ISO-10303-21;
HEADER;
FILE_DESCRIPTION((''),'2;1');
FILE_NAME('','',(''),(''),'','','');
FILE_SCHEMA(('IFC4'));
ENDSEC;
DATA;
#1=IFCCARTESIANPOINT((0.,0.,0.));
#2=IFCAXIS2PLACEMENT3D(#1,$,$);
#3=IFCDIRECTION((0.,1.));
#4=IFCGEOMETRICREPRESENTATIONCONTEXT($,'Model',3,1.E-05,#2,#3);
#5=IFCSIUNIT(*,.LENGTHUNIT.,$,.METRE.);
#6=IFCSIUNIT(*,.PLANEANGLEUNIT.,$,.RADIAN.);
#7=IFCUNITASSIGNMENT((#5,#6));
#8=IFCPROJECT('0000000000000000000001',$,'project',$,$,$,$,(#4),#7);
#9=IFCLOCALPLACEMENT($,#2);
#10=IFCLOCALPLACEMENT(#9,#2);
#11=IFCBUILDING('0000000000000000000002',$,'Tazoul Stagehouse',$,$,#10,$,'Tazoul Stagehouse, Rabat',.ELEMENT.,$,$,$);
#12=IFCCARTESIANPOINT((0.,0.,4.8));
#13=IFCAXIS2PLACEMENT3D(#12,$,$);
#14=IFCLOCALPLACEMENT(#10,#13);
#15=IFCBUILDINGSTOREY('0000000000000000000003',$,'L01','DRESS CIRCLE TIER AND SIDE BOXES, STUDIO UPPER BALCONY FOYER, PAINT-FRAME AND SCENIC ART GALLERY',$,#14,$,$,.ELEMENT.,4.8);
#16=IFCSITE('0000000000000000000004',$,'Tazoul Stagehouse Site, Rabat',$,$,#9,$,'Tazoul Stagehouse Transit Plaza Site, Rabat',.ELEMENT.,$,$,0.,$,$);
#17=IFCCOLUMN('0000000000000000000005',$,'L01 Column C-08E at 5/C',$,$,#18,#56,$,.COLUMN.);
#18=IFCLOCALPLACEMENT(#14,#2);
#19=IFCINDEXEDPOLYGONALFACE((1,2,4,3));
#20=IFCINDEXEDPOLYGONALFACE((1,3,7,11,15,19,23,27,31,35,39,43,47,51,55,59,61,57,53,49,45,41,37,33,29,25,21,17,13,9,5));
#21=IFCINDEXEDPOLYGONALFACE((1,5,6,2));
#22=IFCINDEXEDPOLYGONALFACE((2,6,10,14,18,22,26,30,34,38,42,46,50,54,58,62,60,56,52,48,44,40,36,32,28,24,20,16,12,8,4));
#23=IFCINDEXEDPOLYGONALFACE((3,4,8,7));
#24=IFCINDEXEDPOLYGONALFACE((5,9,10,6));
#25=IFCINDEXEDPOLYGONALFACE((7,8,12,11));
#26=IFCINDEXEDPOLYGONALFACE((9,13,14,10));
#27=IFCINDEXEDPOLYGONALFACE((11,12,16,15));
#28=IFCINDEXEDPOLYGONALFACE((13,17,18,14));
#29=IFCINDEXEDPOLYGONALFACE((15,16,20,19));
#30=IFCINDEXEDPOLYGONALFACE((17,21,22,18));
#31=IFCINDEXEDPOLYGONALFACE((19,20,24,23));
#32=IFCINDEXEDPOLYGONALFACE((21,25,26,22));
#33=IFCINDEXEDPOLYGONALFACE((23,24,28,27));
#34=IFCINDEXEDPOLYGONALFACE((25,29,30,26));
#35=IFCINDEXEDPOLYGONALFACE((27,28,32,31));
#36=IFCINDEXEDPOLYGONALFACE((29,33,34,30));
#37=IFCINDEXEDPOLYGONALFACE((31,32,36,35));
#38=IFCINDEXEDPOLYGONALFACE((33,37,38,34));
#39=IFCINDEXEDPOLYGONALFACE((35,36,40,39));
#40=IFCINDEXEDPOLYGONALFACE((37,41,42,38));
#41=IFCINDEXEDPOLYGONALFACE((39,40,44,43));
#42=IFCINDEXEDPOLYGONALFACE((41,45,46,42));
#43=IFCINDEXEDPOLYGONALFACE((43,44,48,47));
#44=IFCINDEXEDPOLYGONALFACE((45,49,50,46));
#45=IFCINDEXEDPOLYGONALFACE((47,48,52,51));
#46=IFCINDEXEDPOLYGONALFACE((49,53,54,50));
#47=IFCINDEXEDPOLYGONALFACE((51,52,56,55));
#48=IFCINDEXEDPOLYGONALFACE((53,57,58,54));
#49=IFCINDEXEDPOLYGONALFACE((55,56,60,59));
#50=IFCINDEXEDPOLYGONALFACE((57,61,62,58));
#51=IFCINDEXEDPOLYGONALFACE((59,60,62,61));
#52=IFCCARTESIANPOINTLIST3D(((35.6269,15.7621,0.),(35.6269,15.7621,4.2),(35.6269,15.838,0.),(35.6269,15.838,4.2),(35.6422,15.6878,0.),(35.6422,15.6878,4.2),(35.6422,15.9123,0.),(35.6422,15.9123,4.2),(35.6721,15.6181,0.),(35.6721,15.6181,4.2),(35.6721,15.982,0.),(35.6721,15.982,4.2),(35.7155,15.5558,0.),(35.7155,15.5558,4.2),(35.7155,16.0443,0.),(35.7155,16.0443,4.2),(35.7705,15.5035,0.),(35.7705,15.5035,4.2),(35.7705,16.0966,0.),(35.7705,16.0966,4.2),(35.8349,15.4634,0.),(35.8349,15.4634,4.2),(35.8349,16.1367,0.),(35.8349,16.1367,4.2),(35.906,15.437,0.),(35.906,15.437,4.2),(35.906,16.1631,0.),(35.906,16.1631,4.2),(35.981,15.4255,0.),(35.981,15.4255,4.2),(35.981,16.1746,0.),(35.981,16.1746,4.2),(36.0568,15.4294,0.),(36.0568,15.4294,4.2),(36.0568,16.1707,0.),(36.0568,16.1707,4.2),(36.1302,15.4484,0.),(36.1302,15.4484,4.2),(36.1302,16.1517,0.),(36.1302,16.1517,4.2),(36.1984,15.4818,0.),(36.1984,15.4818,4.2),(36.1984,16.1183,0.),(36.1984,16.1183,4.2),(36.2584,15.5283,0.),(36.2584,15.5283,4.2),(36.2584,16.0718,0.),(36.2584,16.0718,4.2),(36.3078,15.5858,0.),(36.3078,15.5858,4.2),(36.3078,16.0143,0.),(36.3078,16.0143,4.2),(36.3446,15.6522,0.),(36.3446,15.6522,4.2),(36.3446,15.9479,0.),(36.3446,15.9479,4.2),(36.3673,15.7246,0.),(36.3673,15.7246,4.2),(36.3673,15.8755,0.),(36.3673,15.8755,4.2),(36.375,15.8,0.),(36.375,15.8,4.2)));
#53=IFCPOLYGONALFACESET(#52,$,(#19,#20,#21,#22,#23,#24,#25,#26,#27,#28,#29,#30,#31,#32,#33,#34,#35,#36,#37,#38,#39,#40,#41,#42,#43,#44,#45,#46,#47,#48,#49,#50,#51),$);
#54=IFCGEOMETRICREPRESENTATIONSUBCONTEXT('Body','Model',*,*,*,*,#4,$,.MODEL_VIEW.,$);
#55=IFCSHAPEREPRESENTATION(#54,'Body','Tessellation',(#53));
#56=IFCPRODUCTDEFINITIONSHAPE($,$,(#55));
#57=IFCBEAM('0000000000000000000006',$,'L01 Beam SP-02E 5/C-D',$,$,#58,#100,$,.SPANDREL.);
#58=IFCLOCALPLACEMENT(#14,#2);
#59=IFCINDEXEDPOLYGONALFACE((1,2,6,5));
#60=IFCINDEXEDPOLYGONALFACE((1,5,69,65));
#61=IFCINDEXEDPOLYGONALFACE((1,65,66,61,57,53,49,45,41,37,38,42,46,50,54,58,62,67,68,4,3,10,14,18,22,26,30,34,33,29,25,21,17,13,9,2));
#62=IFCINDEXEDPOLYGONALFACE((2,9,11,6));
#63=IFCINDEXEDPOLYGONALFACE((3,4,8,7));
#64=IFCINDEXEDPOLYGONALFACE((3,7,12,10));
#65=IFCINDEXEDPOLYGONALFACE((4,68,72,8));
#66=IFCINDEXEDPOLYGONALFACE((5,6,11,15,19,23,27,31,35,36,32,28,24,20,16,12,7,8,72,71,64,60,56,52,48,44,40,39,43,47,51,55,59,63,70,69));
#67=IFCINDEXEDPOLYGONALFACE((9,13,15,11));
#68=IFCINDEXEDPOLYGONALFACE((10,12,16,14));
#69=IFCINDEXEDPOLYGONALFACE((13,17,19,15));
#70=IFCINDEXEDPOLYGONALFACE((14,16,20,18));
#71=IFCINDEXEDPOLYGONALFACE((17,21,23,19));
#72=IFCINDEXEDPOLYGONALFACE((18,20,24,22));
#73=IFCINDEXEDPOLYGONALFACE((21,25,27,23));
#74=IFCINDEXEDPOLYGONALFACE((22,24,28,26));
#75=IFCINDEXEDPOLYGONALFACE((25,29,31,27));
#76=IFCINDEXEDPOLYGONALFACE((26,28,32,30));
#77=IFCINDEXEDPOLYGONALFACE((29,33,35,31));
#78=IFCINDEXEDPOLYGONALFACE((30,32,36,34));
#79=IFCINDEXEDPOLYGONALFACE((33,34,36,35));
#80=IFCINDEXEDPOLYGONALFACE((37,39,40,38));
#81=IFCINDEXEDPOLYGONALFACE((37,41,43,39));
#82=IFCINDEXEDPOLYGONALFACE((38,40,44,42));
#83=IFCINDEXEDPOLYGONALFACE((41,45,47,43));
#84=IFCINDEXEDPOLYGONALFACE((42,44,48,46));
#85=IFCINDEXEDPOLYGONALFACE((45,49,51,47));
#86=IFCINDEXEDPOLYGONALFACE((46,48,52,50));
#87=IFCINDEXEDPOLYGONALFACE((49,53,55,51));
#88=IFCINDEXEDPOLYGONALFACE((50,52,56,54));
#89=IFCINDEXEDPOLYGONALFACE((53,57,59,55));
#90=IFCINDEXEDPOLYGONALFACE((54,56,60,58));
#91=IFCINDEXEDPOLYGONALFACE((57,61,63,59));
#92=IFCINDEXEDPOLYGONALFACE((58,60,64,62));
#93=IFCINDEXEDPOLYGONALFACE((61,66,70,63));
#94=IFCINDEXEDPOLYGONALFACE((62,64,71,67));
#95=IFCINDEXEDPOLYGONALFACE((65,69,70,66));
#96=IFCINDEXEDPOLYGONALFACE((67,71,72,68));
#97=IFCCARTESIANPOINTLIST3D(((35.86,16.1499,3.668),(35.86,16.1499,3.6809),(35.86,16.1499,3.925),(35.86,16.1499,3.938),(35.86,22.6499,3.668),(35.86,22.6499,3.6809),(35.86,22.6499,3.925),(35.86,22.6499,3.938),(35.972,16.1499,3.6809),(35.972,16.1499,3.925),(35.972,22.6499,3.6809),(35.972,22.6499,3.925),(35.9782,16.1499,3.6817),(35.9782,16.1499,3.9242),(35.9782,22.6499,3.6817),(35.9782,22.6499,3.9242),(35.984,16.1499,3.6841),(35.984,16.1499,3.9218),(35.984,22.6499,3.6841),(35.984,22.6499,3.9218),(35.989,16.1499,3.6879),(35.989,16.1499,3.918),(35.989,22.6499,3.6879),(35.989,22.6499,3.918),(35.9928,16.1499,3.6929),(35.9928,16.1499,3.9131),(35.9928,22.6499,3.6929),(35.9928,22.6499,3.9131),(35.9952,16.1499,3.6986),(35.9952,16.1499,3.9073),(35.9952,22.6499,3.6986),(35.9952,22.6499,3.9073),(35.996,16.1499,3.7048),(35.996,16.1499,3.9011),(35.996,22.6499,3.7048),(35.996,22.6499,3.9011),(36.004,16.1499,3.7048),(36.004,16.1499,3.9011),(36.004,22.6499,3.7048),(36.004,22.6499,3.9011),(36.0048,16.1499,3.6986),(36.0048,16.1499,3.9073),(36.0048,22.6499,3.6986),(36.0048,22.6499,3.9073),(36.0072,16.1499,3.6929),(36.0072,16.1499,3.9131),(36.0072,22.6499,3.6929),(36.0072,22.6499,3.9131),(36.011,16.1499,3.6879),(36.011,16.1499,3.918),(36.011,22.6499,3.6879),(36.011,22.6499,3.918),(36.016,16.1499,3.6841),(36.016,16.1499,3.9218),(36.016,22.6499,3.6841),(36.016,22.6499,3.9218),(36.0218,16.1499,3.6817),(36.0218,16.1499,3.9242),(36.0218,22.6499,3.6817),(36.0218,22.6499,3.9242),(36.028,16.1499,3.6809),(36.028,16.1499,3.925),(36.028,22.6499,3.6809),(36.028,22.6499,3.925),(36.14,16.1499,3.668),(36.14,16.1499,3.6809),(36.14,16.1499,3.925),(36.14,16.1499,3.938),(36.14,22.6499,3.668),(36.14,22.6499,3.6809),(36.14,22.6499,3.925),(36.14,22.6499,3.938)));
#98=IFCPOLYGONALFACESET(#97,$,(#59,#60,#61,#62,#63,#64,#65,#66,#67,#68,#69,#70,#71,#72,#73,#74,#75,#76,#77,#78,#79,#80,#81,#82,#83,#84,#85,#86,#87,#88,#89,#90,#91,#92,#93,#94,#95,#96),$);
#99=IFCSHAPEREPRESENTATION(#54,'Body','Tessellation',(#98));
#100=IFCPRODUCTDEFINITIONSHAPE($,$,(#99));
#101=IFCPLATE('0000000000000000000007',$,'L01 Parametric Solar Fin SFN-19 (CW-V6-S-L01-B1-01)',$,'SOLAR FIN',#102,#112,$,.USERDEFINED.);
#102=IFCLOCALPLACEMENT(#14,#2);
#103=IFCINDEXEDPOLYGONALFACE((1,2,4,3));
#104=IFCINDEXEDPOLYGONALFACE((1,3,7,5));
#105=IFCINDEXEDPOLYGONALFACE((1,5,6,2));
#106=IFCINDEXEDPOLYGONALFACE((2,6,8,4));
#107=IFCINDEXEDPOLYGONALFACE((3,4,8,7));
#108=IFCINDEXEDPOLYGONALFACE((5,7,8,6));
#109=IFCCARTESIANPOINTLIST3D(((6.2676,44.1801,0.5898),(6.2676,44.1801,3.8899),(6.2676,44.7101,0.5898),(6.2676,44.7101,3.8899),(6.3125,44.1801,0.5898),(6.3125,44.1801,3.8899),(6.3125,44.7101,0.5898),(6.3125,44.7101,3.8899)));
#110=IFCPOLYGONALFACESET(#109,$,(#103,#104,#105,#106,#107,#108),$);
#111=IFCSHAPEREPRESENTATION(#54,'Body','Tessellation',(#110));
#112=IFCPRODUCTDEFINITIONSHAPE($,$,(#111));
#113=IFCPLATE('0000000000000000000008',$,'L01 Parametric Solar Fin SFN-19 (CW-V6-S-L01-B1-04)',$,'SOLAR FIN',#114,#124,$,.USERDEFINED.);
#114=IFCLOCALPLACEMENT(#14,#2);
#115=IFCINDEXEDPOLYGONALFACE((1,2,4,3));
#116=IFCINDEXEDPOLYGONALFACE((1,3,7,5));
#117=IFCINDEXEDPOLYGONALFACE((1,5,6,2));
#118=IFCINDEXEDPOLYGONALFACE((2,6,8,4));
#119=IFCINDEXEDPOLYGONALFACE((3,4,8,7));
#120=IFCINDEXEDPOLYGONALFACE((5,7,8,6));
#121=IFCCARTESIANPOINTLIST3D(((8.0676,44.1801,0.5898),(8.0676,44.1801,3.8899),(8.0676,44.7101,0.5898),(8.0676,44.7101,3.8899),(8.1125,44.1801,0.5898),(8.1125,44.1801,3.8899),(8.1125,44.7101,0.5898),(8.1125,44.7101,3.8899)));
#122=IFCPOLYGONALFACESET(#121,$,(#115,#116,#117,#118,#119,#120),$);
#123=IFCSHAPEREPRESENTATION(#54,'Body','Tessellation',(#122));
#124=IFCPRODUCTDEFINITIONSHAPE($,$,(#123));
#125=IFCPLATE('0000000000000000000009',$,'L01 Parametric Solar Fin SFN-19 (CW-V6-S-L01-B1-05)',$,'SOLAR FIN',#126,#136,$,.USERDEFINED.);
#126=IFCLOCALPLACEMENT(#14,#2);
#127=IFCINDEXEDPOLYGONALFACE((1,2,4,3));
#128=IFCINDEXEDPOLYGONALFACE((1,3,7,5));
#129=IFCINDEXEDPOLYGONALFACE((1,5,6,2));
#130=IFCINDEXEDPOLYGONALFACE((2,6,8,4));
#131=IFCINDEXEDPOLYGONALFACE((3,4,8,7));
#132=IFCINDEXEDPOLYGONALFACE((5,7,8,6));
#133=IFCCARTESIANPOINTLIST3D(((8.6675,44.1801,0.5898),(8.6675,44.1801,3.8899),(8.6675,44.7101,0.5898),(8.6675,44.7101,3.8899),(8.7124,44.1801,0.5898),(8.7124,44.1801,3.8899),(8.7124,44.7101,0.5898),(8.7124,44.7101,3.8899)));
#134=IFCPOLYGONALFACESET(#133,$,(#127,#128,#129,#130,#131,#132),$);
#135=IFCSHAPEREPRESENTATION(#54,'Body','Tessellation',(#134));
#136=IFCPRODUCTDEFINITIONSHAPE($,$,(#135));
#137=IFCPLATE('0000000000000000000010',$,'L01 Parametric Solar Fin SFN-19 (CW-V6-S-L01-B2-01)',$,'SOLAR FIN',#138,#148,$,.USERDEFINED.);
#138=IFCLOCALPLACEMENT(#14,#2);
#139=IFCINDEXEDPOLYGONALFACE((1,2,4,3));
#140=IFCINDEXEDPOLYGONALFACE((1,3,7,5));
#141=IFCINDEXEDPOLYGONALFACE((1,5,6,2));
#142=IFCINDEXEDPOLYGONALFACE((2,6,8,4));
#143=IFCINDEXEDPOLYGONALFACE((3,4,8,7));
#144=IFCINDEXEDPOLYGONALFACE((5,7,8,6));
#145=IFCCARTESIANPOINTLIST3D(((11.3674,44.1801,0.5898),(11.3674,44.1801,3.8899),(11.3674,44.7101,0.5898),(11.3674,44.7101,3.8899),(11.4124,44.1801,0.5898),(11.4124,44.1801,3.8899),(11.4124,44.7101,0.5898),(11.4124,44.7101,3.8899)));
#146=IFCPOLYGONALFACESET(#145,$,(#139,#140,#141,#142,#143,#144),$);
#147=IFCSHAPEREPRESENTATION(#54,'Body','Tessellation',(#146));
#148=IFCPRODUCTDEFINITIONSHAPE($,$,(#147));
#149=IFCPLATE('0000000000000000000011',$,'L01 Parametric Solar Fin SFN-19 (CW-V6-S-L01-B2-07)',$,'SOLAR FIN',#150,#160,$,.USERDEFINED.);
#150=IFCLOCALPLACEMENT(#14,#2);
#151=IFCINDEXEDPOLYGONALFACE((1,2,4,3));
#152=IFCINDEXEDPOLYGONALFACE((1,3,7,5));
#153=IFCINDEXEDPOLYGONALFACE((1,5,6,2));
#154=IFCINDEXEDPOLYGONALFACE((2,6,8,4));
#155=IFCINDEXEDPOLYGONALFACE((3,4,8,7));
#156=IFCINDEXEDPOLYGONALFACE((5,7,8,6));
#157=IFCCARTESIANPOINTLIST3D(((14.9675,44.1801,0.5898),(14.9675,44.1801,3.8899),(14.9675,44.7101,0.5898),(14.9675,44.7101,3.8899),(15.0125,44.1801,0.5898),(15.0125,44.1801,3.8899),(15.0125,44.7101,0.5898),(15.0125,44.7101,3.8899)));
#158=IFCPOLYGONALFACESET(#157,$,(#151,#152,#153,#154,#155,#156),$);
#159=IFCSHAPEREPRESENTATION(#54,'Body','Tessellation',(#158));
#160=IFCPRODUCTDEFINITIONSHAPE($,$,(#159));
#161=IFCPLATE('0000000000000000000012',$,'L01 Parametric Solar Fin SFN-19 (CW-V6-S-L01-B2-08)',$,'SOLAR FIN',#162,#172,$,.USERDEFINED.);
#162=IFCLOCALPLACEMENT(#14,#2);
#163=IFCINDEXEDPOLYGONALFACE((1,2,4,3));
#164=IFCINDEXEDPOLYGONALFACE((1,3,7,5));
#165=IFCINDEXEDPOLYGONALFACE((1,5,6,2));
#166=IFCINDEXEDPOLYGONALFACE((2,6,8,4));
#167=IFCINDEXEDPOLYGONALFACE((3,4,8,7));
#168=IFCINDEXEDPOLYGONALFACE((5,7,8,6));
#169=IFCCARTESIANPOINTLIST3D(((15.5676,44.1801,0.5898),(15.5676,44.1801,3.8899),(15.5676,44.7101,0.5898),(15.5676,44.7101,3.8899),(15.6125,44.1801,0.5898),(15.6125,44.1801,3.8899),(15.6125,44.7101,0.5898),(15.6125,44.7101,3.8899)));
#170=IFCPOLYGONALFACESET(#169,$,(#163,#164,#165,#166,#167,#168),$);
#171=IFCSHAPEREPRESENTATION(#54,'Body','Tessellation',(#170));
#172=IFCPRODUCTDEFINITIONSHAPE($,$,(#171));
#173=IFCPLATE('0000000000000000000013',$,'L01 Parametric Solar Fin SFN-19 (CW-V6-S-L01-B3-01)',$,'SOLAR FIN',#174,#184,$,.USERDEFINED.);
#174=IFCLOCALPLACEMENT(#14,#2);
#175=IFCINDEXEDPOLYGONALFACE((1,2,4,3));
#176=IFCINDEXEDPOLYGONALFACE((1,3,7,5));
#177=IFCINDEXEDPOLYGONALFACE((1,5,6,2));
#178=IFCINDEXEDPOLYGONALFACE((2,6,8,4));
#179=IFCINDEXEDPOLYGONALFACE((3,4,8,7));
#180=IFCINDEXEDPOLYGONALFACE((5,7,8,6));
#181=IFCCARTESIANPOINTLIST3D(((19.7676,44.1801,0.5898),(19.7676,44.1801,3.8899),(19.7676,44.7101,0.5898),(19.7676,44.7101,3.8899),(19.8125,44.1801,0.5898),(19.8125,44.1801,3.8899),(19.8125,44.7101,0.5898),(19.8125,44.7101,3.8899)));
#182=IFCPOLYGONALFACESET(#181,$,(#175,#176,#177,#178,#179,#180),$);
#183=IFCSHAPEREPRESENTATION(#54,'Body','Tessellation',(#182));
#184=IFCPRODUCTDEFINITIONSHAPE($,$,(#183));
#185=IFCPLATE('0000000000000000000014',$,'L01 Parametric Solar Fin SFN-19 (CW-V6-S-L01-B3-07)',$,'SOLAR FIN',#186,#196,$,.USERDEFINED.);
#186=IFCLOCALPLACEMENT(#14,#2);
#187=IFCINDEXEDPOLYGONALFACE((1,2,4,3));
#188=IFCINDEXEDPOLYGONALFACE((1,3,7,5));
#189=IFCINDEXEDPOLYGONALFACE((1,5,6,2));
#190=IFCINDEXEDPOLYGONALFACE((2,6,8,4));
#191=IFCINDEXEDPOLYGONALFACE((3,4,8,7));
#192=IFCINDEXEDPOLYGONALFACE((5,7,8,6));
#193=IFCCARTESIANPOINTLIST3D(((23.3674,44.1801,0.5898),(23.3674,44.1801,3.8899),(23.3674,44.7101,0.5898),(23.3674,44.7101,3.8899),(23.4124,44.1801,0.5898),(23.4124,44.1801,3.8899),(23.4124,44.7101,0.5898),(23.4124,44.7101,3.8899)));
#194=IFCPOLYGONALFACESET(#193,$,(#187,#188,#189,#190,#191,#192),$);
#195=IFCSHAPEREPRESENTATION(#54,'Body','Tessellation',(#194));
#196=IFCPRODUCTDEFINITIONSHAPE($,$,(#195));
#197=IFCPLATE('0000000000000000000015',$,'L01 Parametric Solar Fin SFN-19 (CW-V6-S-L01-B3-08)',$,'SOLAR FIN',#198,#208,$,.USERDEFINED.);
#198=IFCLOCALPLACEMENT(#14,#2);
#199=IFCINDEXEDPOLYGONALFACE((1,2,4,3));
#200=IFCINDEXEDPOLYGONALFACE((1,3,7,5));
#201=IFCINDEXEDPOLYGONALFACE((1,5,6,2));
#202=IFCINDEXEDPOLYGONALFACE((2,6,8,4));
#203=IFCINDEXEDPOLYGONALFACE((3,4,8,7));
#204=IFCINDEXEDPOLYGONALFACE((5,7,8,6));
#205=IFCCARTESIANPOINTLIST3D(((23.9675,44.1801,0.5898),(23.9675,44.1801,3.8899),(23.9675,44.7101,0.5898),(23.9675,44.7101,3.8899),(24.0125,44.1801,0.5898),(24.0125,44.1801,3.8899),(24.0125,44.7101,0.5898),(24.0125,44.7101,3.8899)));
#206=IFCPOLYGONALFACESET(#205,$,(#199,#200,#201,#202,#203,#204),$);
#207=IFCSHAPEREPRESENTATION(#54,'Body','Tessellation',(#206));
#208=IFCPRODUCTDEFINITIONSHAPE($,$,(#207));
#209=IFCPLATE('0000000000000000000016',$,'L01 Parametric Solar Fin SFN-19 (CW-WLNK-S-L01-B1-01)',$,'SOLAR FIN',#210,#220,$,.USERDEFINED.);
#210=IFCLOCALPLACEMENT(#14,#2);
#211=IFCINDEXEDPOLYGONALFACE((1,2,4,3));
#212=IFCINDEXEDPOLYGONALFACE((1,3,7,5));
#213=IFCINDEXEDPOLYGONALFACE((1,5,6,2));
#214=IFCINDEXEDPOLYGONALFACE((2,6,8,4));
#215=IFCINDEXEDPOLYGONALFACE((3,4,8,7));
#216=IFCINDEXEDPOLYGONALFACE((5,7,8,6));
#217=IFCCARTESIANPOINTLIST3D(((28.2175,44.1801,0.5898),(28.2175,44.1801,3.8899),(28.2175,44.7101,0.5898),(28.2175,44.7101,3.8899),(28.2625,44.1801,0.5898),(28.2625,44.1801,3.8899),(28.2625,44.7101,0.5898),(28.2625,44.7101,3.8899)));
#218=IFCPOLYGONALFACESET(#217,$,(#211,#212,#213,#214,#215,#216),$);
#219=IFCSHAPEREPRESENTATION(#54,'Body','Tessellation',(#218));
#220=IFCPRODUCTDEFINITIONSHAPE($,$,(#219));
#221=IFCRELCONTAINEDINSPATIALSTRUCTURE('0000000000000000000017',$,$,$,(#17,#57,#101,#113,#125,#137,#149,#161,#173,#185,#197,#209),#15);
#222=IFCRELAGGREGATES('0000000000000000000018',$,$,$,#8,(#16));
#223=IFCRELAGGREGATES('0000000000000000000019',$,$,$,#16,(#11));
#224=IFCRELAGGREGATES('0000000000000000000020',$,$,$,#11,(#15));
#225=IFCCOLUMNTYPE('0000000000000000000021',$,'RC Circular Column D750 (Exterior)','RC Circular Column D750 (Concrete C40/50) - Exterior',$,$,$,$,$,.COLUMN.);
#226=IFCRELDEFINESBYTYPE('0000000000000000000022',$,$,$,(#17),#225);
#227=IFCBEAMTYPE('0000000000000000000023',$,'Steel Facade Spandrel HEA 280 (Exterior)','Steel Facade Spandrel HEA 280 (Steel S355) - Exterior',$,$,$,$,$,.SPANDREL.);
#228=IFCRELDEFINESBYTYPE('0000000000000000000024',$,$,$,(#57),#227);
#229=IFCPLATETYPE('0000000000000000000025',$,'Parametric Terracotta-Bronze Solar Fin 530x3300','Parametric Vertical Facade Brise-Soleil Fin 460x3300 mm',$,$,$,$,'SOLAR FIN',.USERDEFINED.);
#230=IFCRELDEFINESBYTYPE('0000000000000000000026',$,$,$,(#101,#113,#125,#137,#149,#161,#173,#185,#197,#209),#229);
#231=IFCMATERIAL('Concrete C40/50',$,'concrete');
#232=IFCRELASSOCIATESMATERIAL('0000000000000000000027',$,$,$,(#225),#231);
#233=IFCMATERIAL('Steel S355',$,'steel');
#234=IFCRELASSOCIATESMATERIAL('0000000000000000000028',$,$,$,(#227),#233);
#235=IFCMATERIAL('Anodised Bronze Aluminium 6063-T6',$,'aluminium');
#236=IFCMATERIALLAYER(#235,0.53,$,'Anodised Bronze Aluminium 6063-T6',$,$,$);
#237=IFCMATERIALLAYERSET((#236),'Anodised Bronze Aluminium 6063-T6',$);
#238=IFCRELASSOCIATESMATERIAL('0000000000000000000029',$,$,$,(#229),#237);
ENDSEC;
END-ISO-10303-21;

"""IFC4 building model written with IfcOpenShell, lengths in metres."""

from ifc_helpers import new_model, si_unit, direction, frame, origin, origin_2d, place, context, subcontext, project, spatial, rectangle, circle, i_section, extrude, material, layer, layer_set, material_profile, profile_set, type_object, element, save


model = new_model("IFC4")

# Units and contexts
model_context = context("Model", 3, precision=1e-05, world=origin(), true_north=direction((0.0, 1.0)))
body_context = subcontext(model_context, "Body", "Model", "MODEL_VIEW")
ifc_project = project(units=[si_unit("LENGTHUNIT", "METRE"), si_unit("PLANEANGLEUNIT", "RADIAN")], contexts=[model_context])

# Site, building, storey
site_placement = place(None, origin())
site = spatial("IfcSite", under=ifc_project, at=site_placement, Name="Tazoul Stagehouse Site, Rabat", LongName="Tazoul Stagehouse Transit Plaza Site, Rabat", CompositionType="ELEMENT", RefElevation=0.0)
building_placement = place(site_placement, origin())
building = spatial("IfcBuilding", under=site, at=building_placement, Name="Tazoul Stagehouse", LongName="Tazoul Stagehouse, Rabat", CompositionType="ELEMENT")
storey_placement = place(building_placement, frame((0.0, 0.0, 4.8)))
storey = spatial("IfcBuildingStorey", under=building, at=storey_placement, Name="L01", Description="DRESS CIRCLE TIER AND SIDE BOXES, STUDIO UPPER BALCONY FOYER, PAINT-FRAME AND SCENIC ART GALLERY", CompositionType="ELEMENT", Elevation=4.8)

# Column
ifc_material_1 = material(Name="Concrete C40/50", Category="concrete")
ifc_material_profile_1 = material_profile(ifc_material_1, circle(Radius=0.375, at=origin_2d()), Name="RC D750")
ifc_profile_set_1 = profile_set([ifc_material_profile_1], Name="Concrete C40/50")
column_type = type_object("IfcColumnType", Name="RC Circular Column D750 (Exterior)", Description="RC Circular Column D750 (Concrete C40/50) - Exterior", PredefinedType="COLUMN", material=ifc_profile_set_1)
column_placement = place(storey_placement, frame((36.0, 15.8, 0.0), z_axis=(0.0, 0.0, 1.0), x_axis=(1.0, 0.0, 0.0)))
element("IfcColumn", 1, at=column_placement, inside=storey, type_object=column_type, Name="L01 Column C-08E at 5/C", PredefinedType="COLUMN", context=body_context, shape_type="SweptSolid", body=[
    extrude(circle(Radius=0.375, at=origin_2d()), origin(), (0.0, 0.0, 1.0), 4.2),
])

# Beam
ifc_material_2 = material(Name="Steel S355", Category="steel")
ifc_material_profile_2 = material_profile(ifc_material_2, i_section(OverallWidth=0.28, OverallDepth=0.27, WebThickness=0.0081, FlangeThickness=0.0129, FilletRadius=0.0239, at=origin_2d()), Name="HEA 280")
ifc_profile_set_2 = profile_set([ifc_material_profile_2], Name="Steel S355")
beam_type = type_object("IfcBeamType", Name="Steel Facade Spandrel HEA 280 (Exterior)", Description="Steel Facade Spandrel HEA 280 (Steel S355) - Exterior", PredefinedType="SPANDREL", material=ifc_profile_set_2)
beam_placement = place(storey_placement, frame((36.0, 16.1499, 3.803), z_axis=(0.0, 1.0, 0.0), x_axis=(-1.0, 0.0, 0.0)))
element("IfcBeam", 2, at=beam_placement, inside=storey, type_object=beam_type, Name="L01 Beam SP-02E 5/C-D", PredefinedType="SPANDREL", context=body_context, shape_type="SweptSolid", body=[
    extrude(i_section(OverallWidth=0.28, OverallDepth=0.27, WebThickness=0.0081, FlangeThickness=0.0129, FilletRadius=0.0239, at=origin_2d()), origin(), (0.0, 0.0, 1.0), 6.5),
])

# Plates
ifc_material_3 = material(Name="Anodised Bronze Aluminium 6063-T6", Category="aluminium")
ifc_layer_1 = layer(ifc_material_3, 0.53, Name="Anodised Bronze Aluminium 6063-T6")
ifc_layer_set_1 = layer_set([ifc_layer_1], Name="Anodised Bronze Aluminium 6063-T6")
plate_type_1 = type_object("IfcPlateType", Name="Parametric Terracotta-Bronze Solar Fin 530x3300", Description="Parametric Vertical Facade Brise-Soleil Fin 460x3300 mm", ElementType="SOLAR FIN", PredefinedType="USERDEFINED", material=ifc_layer_set_1)
for number, where, z_axis, x_axis, name in (
    (3, (6.29, 44.4451, 0.5898), (0.0, 0.0, 1.0), (1.0, 0.0, 0.0), "L01 Parametric Solar Fin SFN-19 (CW-V6-S-L01-B1-01)"),
    (4, (8.0901, 44.4451, 0.5898), (0.0, 0.0, 1.0), (1.0, 0.0, 0.0), "L01 Parametric Solar Fin SFN-19 (CW-V6-S-L01-B1-04)"),
    (5, (8.6899, 44.4451, 0.5898), (0.0, 0.0, 1.0), (1.0, 0.0, 0.0), "L01 Parametric Solar Fin SFN-19 (CW-V6-S-L01-B1-05)"),
    (6, (11.3899, 44.4451, 0.5898), (0.0, 0.0, 1.0), (1.0, 0.0, 0.0), "L01 Parametric Solar Fin SFN-19 (CW-V6-S-L01-B2-01)"),
    (7, (14.99, 44.4451, 0.5898), (0.0, 0.0, 1.0), (1.0, 0.0, 0.0), "L01 Parametric Solar Fin SFN-19 (CW-V6-S-L01-B2-07)"),
    (8, (15.5901, 44.4451, 0.5898), (0.0, 0.0, 1.0), (1.0, 0.0, 0.0), "L01 Parametric Solar Fin SFN-19 (CW-V6-S-L01-B2-08)"),
    (9, (19.79, 44.4451, 0.5898), (0.0, 0.0, 1.0), (1.0, 0.0, 0.0), "L01 Parametric Solar Fin SFN-19 (CW-V6-S-L01-B3-01)"),
    (10, (23.3899, 44.4451, 0.5898), (0.0, 0.0, 1.0), (1.0, 0.0, 0.0), "L01 Parametric Solar Fin SFN-19 (CW-V6-S-L01-B3-07)"),
    (11, (23.99, 44.4451, 0.5898), (0.0, 0.0, 1.0), (1.0, 0.0, 0.0), "L01 Parametric Solar Fin SFN-19 (CW-V6-S-L01-B3-08)"),
    (12, (28.24, 44.4451, 0.5898), (0.0, 0.0, 1.0), (1.0, 0.0, 0.0), "L01 Parametric Solar Fin SFN-19 (CW-WLNK-S-L01-B1-01)"),
):
    element("IfcPlate", number, at=place(storey_placement, frame(where, z_axis=z_axis, x_axis=x_axis)), inside=storey, type_object=plate_type_1, Name=name, ObjectType="SOLAR FIN", PredefinedType="USERDEFINED", context=body_context, shape_type="SweptSolid", body=[
        extrude(rectangle(XDim=0.0449, YDim=0.53, at=origin_2d()), origin(), (0.0, 0.0, 1.0), 3.3),
    ])

save(model, "model.ifc")
